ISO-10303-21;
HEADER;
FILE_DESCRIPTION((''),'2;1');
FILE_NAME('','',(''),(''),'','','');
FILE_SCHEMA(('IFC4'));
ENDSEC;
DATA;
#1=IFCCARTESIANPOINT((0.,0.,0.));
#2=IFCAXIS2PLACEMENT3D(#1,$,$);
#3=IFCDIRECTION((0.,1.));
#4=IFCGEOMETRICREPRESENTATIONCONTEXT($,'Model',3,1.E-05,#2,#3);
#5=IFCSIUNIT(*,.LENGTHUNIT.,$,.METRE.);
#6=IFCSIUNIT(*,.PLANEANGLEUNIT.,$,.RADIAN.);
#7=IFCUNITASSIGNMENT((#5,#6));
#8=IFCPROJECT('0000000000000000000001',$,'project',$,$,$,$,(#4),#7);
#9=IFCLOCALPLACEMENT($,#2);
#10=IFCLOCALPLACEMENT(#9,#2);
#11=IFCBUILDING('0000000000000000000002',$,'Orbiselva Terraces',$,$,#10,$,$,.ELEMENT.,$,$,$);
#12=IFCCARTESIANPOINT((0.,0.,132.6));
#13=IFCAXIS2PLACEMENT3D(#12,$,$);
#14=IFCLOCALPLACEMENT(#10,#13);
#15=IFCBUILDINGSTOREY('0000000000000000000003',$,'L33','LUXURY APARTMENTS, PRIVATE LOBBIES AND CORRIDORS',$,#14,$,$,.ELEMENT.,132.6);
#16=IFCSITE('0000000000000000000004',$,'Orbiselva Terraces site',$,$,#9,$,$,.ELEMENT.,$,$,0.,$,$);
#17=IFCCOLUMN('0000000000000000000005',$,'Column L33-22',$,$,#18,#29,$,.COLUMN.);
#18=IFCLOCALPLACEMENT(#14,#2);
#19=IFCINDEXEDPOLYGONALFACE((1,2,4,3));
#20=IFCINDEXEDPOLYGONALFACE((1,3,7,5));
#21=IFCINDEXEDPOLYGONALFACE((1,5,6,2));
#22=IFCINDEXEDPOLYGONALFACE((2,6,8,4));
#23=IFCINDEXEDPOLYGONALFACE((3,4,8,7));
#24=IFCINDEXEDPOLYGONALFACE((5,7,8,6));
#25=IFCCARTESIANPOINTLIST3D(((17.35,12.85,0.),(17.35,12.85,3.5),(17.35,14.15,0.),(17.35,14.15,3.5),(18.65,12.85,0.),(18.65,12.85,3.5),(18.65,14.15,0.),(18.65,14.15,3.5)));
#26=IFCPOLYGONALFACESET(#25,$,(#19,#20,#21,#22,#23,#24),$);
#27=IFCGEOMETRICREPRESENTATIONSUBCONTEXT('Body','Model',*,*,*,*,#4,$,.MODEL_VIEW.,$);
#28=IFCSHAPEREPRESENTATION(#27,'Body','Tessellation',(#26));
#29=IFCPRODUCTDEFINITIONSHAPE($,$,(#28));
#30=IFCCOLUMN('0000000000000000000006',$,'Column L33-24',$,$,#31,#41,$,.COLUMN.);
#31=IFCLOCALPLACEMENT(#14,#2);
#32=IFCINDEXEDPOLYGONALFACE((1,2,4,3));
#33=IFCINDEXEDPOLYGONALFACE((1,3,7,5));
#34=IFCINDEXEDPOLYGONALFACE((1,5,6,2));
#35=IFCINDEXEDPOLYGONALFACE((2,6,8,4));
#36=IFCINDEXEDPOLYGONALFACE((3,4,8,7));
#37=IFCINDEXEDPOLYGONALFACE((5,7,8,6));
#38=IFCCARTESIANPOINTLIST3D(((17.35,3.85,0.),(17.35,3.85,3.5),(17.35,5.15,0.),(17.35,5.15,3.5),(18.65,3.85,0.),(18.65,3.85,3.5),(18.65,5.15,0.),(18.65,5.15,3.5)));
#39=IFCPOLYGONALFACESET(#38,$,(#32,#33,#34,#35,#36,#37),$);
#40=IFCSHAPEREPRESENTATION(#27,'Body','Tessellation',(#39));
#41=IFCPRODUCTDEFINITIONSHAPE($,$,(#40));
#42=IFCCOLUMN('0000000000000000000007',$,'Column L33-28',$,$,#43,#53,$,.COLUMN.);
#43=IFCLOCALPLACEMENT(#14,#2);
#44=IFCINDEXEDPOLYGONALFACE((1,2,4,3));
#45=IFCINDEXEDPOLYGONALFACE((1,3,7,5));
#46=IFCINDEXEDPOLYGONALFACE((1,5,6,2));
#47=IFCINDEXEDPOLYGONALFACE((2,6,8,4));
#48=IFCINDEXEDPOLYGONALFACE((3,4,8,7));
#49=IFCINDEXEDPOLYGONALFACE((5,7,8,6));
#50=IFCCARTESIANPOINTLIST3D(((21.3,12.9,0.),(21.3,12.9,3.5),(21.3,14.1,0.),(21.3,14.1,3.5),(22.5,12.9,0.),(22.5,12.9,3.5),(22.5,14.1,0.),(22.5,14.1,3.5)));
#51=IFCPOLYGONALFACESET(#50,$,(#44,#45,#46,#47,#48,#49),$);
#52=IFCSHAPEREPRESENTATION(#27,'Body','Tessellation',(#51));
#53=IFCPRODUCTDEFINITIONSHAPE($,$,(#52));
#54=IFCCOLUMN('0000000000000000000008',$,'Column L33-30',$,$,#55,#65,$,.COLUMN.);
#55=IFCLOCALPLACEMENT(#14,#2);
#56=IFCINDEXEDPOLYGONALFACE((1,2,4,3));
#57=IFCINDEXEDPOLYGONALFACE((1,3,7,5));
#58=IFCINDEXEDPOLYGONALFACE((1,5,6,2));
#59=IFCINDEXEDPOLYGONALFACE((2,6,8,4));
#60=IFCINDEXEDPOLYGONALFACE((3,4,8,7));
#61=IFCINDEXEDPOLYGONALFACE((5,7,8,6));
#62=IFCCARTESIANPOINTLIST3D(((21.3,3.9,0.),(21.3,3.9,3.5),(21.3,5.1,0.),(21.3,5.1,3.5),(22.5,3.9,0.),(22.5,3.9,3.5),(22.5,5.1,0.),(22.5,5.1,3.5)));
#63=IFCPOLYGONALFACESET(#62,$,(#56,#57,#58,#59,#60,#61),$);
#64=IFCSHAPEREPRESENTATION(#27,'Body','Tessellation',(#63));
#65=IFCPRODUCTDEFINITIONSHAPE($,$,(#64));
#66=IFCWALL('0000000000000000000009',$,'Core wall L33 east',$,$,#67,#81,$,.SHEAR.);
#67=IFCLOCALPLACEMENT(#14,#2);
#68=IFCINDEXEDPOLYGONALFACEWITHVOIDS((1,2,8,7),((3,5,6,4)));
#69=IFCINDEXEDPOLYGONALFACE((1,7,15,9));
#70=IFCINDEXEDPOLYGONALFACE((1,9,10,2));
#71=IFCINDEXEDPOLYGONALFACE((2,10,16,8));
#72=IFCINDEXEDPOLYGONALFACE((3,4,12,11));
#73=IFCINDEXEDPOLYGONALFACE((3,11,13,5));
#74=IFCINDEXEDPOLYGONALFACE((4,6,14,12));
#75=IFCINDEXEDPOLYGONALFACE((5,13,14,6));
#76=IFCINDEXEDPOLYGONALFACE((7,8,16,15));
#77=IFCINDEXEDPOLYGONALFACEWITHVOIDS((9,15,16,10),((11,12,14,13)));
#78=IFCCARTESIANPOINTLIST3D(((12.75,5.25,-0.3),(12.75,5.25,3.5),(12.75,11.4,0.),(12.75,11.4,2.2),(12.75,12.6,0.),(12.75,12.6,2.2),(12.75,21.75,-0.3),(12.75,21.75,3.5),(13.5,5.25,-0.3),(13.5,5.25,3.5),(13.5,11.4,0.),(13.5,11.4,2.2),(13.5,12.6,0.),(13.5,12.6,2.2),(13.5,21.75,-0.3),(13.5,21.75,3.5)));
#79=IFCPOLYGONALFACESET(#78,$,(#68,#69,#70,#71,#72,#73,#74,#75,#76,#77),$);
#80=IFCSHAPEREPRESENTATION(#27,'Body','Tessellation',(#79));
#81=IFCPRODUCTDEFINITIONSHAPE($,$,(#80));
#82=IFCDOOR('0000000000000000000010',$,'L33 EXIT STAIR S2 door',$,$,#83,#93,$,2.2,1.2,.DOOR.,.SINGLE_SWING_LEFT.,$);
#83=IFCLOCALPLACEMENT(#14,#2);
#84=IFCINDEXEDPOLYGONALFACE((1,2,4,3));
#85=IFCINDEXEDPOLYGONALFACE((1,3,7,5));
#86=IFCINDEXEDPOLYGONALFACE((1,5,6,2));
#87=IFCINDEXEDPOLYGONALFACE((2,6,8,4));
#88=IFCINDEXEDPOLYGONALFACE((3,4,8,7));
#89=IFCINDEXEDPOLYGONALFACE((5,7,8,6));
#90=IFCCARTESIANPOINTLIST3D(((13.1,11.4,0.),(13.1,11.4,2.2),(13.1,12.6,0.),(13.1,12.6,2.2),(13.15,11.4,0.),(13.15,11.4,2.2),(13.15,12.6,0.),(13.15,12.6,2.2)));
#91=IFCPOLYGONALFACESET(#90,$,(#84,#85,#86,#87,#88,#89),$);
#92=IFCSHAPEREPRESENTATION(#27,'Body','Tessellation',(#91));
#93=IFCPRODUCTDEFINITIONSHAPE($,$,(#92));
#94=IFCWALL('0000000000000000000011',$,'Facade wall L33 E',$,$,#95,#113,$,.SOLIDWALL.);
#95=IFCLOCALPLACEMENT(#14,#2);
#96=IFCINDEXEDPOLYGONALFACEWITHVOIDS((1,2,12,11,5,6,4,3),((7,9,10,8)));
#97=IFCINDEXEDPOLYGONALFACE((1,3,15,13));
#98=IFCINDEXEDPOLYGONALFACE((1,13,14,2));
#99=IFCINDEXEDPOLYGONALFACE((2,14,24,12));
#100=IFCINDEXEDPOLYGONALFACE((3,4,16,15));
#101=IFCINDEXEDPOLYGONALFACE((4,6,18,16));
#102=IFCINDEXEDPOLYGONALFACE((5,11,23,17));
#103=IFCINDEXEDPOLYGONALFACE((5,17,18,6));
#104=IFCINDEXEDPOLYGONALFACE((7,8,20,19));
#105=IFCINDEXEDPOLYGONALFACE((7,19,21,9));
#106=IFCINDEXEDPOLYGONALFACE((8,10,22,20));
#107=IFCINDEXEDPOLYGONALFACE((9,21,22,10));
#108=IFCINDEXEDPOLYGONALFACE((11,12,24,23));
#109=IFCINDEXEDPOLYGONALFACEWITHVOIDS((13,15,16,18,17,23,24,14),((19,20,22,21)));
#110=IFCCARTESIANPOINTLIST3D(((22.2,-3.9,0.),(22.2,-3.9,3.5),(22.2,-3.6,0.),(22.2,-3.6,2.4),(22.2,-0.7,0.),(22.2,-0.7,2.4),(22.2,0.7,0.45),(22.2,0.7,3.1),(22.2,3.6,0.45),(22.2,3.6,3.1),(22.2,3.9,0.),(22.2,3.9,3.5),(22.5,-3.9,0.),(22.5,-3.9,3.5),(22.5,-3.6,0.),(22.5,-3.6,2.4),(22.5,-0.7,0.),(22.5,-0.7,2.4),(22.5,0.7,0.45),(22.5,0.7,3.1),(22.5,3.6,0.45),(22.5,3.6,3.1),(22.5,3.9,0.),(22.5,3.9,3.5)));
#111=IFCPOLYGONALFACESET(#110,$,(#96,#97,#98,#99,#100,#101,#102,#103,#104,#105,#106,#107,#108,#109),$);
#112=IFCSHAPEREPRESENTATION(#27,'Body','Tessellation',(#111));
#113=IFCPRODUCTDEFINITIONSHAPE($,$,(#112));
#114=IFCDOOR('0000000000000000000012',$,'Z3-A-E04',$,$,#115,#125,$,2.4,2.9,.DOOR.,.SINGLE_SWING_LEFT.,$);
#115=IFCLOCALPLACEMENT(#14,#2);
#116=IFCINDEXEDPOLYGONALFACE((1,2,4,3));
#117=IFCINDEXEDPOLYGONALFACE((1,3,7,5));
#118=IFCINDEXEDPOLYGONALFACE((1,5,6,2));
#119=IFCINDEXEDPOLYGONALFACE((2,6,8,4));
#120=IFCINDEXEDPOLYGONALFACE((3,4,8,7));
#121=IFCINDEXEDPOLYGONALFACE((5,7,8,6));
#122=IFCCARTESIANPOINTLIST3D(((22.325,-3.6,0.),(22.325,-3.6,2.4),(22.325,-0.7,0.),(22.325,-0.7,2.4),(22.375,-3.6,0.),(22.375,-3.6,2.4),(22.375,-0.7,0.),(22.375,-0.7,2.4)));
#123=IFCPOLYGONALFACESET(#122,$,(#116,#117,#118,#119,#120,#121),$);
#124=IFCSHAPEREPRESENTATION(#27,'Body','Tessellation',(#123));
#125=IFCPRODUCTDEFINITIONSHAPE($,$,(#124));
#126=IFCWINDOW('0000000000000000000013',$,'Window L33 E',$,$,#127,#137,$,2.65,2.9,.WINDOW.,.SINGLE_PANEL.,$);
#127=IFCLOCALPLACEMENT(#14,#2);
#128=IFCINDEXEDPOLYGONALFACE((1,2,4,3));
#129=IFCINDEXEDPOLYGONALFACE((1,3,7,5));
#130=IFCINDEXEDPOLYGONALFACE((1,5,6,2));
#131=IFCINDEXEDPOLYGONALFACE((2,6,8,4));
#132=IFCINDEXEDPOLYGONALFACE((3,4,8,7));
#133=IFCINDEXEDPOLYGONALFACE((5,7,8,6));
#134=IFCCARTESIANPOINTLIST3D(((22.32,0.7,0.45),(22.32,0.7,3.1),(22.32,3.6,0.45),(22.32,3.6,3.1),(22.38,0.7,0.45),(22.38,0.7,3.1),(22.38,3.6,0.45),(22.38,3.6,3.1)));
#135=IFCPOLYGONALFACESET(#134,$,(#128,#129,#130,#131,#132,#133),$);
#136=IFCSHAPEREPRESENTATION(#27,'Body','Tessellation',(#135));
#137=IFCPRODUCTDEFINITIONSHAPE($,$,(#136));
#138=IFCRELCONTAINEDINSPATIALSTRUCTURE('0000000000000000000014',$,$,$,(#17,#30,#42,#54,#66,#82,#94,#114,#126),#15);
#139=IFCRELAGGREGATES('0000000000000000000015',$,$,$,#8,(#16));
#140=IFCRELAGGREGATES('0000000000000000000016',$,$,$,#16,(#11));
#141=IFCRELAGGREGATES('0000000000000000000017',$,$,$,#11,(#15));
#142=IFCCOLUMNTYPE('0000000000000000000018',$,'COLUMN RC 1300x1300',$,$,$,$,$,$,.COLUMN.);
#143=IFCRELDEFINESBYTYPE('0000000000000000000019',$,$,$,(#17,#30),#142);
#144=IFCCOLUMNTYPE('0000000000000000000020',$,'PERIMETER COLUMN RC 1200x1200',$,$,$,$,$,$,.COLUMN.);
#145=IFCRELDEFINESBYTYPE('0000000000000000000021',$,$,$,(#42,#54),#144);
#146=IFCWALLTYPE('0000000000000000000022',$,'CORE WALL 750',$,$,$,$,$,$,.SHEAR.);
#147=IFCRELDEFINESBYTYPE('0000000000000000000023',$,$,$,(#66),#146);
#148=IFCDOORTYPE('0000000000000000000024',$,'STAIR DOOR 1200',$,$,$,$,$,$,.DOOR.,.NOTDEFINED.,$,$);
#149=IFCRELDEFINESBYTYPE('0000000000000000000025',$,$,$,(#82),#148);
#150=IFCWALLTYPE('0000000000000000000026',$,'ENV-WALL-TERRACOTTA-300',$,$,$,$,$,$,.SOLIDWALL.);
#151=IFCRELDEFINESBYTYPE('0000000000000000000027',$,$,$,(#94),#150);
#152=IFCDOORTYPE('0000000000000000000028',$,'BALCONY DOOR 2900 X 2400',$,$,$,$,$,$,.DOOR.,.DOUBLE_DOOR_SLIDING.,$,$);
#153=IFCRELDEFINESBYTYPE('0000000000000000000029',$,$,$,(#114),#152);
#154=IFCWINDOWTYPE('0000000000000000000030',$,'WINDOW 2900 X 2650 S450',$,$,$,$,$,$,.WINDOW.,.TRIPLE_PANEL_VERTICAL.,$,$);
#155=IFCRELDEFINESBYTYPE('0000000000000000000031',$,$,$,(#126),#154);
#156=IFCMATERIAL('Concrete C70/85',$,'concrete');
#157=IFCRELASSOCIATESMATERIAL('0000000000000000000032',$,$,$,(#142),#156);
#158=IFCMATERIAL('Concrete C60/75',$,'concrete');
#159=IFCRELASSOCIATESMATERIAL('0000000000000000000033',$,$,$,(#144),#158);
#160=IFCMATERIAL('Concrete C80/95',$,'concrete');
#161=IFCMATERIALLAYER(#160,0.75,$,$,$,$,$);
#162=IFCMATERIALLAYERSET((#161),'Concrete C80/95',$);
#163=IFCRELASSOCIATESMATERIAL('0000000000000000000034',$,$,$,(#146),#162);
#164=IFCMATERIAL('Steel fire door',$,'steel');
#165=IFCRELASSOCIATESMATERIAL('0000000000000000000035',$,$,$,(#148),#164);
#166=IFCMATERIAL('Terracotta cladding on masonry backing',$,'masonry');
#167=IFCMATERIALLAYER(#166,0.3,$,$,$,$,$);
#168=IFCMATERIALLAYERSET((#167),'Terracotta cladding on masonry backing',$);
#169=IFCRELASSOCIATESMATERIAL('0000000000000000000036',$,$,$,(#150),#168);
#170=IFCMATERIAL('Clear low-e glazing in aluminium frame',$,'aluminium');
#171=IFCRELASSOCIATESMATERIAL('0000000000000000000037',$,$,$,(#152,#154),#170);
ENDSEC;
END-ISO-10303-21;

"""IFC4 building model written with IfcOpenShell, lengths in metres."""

from ifc_helpers import new_model, si_unit, direction, frame, frame_2d, origin, origin_2d, place, context, subcontext, project, spatial, rectangle, extrude, material, layer, layer_set, material_profile, profile_set, type_object, element, fill, save


model = new_model("IFC4")

# Units and contexts
model_context = context("Model", 3, precision=1e-05, world=origin(), true_north=direction((0.0, 1.0)))
body_context = subcontext(model_context, "Body", "Model", "MODEL_VIEW")
ifc_project = project(units=[si_unit("LENGTHUNIT", "METRE"), si_unit("PLANEANGLEUNIT", "RADIAN")], contexts=[model_context])

# Site, building, storey
site_placement = place(None, origin())
site = spatial("IfcSite", under=ifc_project, at=site_placement, Name="Orbiselva Terraces site", CompositionType="ELEMENT", RefElevation=0.0)
building_placement = place(site_placement, origin())
building = spatial("IfcBuilding", under=site, at=building_placement, Name="Orbiselva Terraces", CompositionType="ELEMENT")
storey_placement = place(building_placement, frame((0.0, 0.0, 132.6)))
storey = spatial("IfcBuildingStorey", under=building, at=storey_placement, Name="L33", Description="LUXURY APARTMENTS, PRIVATE LOBBIES AND CORRIDORS", CompositionType="ELEMENT", Elevation=132.6)

# Columns
ifc_material_1 = material(Name="Concrete C70/85", Category="concrete")
ifc_material_profile_1 = material_profile(ifc_material_1, rectangle(XDim=1.3, YDim=1.3, at=origin_2d()), Name="RC 1300x1300")
ifc_profile_set_1 = profile_set([ifc_material_profile_1], Name="Concrete C70/85")
column_type_1 = type_object("IfcColumnType", Name="COLUMN RC 1300x1300", PredefinedType="COLUMN", material=ifc_profile_set_1)
for number, where, z_axis, x_axis, name in (
    (1, (18.0, 13.5, 0.0), (0.0, 0.0, 1.0), (1.0, 0.0, 0.0), "Column L33-22"),
    (2, (18.0, 4.5, 0.0), (0.0, 0.0, 1.0), (1.0, 0.0, 0.0), "Column L33-24"),
):
    element("IfcColumn", number, at=place(storey_placement, frame(where, z_axis=z_axis, x_axis=x_axis)), inside=storey, type_object=column_type_1, Name=name, PredefinedType="COLUMN", context=body_context, shape_type="SweptSolid", body=[
        extrude(rectangle(XDim=1.3, YDim=1.3, at=origin_2d()), origin(), (0.0, 0.0, 1.0), 3.5),
    ])
ifc_material_2 = material(Name="Concrete C60/75", Category="concrete")
ifc_material_profile_2 = material_profile(ifc_material_2, rectangle(XDim=1.2, YDim=1.2, at=origin_2d()), Name="RC 1200x1200")
ifc_profile_set_2 = profile_set([ifc_material_profile_2], Name="Concrete C60/75")
column_type_2 = type_object("IfcColumnType", Name="PERIMETER COLUMN RC 1200x1200", PredefinedType="COLUMN", material=ifc_profile_set_2)
for number, where, z_axis, x_axis, name in (
    (3, (21.9, 13.5, 0.0), (0.0, 0.0, 1.0), (1.0, 0.0, 0.0), "Column L33-28"),
    (4, (21.9, 4.5, 0.0), (0.0, 0.0, 1.0), (1.0, 0.0, 0.0), "Column L33-30"),
):
    element("IfcColumn", number, at=place(storey_placement, frame(where, z_axis=z_axis, x_axis=x_axis)), inside=storey, type_object=column_type_2, Name=name, PredefinedType="COLUMN", context=body_context, shape_type="SweptSolid", body=[
        extrude(rectangle(XDim=1.2, YDim=1.2, at=origin_2d()), origin(), (0.0, 0.0, 1.0), 3.5),
    ])

# Wall, opening, door
ifc_material_3 = material(Name="Concrete C80/95", Category="concrete")
ifc_layer_1 = layer(ifc_material_3, 0.75)
ifc_layer_set_1 = layer_set([ifc_layer_1], Name="Concrete C80/95")
wall_type_1 = type_object("IfcWallType", Name="CORE WALL 750", PredefinedType="SHEAR", material=ifc_layer_set_1)
wall_1_placement = place(storey_placement, frame((13.125, 5.25, -0.3), z_axis=(0.0, 0.0, 1.0), x_axis=(0.0, 1.0, 0.0)))
wall_1 = element("IfcWall", 5, at=wall_1_placement, inside=storey, type_object=wall_type_1, Name="Core wall L33 east", PredefinedType="SHEAR", context=body_context, shape_type="SweptSolid", body=[
    extrude(rectangle(XDim=16.5, YDim=0.75, at=frame_2d((8.25, 0.0))), origin(), (0.0, 0.0, 1.0), 3.8),
])
opening_1_placement = place(wall_1_placement, frame((6.15, 0.0, 0.3)))
opening_1 = element("IfcOpeningElement", 6, at=opening_1_placement, cuts=wall_1, PredefinedType="OPENING", context=body_context, shape_type="SweptSolid", body=[
    extrude(rectangle(XDim=1.2, YDim=2.2, at=frame_2d((0.6, 1.1))), frame((0.0, 0.385, 0.0), z_axis=(0.0, -1.0, 0.0), x_axis=(1.0, 0.0, 0.0)), (0.0, 0.0, 1.0), 0.77),
])
ifc_material_4 = material(Name="Steel fire door", Category="steel")
door_type_1 = type_object("IfcDoorType", Name="STAIR DOOR 1200", OperationType="NOTDEFINED", PredefinedType="DOOR", material=ifc_material_4)
door_1_placement = place(opening_1_placement, frame((1.2, 0.0, 0.0), z_axis=(0.0, 0.0, 1.0), x_axis=(-1.0, 0.0, 0.0)))
door_1 = element("IfcDoor", 7, at=door_1_placement, inside=storey, type_object=door_type_1, Name="L33 EXIT STAIR S2 door", OperationType="SINGLE_SWING_LEFT", OverallHeight=2.2, OverallWidth=1.2, PredefinedType="DOOR", context=body_context, shape_type="SweptSolid", body=[
    extrude(rectangle(XDim=1.2, YDim=2.2, at=frame_2d((0.6, 1.1))), frame((0.0, 0.025, 0.0), z_axis=(0.0, -1.0, 0.0), x_axis=(1.0, 0.0, 0.0)), (0.0, 0.0, 1.0), 0.05),
])
fill(opening_1, door_1)

# Wall, openings, door, window
ifc_material_5 = material(Name="Terracotta cladding on masonry backing", Category="masonry")
ifc_layer_2 = layer(ifc_material_5, 0.3)
ifc_layer_set_2 = layer_set([ifc_layer_2], Name="Terracotta cladding on masonry backing")
wall_type_2 = type_object("IfcWallType", Name="ENV-WALL-TERRACOTTA-300", PredefinedType="SOLIDWALL", material=ifc_layer_set_2)
wall_2_placement = place(storey_placement, frame((22.35, 3.9, 0.0), z_axis=(0.0, 0.0, 1.0), x_axis=(0.0, -1.0, 0.0)))
wall_2 = element("IfcWall", 8, at=wall_2_placement, inside=storey, type_object=wall_type_2, Name="Facade wall L33 E", PredefinedType="SOLIDWALL", context=body_context, shape_type="SweptSolid", body=[
    extrude(rectangle(XDim=7.8, YDim=0.3, at=frame_2d((3.9, 0.0))), origin(), (0.0, 0.0, 1.0), 3.5),
])
opening_2_placement = place(wall_2_placement, frame((4.6, 0.0, 0.0)))
opening_2 = element("IfcOpeningElement", 9, at=opening_2_placement, cuts=wall_2, PredefinedType="OPENING", context=body_context, shape_type="SweptSolid", body=[
    extrude(rectangle(XDim=2.9, YDim=2.4, at=frame_2d((1.45, 1.2))), frame((0.0, 0.16, 0.0), z_axis=(0.0, -1.0, 0.0), x_axis=(1.0, 0.0, 0.0)), (0.0, 0.0, 1.0), 0.32),
])
opening_3_placement = place(wall_2_placement, frame((0.3, 0.0, 0.45)))
opening_3 = element("IfcOpeningElement", 10, at=opening_3_placement, cuts=wall_2, PredefinedType="OPENING", context=body_context, shape_type="SweptSolid", body=[
    extrude(rectangle(XDim=2.9, YDim=2.65, at=frame_2d((1.45, 1.325))), frame((0.0, 0.16, 0.0), z_axis=(0.0, -1.0, 0.0), x_axis=(1.0, 0.0, 0.0)), (0.0, 0.0, 1.0), 0.32),
])
ifc_material_6 = material(Name="Clear low-e glazing in aluminium frame", Category="aluminium")
door_type_2 = type_object("IfcDoorType", Name="BALCONY DOOR 2900 X 2400", OperationType="DOUBLE_DOOR_SLIDING", PredefinedType="DOOR", material=ifc_material_6)
door_2_placement = place(opening_2_placement, origin())
door_2 = element("IfcDoor", 11, at=door_2_placement, inside=storey, type_object=door_type_2, Name="Z3-A-E04", OperationType="SINGLE_SWING_LEFT", OverallHeight=2.4, OverallWidth=2.9, PredefinedType="DOOR", context=body_context, shape_type="SweptSolid", body=[
    extrude(rectangle(XDim=2.9, YDim=2.4, at=frame_2d((1.45, 1.2))), frame((0.0, 0.025, 0.0), z_axis=(0.0, -1.0, 0.0), x_axis=(1.0, 0.0, 0.0)), (0.0, 0.0, 1.0), 0.05),
])
fill(opening_2, door_2)
window_type = type_object("IfcWindowType", Name="WINDOW 2900 X 2650 S450", PartitioningType="TRIPLE_PANEL_VERTICAL", PredefinedType="WINDOW", material=ifc_material_6)
window_1_placement = place(opening_3_placement, origin())
window_1 = element("IfcWindow", 12, at=window_1_placement, inside=storey, type_object=window_type, Name="Window L33 E", OverallHeight=2.65, OverallWidth=2.9, PartitioningType="SINGLE_PANEL", PredefinedType="WINDOW", context=body_context, shape_type="SweptSolid", body=[
    extrude(rectangle(XDim=2.9, YDim=2.65, at=frame_2d((1.45, 1.325))), frame((0.0, 0.03, 0.0), z_axis=(0.0, -1.0, 0.0), x_axis=(1.0, 0.0, 0.0)), (0.0, 0.0, 1.0), 0.06),
])
fill(opening_3, window_1)

save(model, "model.ifc")
